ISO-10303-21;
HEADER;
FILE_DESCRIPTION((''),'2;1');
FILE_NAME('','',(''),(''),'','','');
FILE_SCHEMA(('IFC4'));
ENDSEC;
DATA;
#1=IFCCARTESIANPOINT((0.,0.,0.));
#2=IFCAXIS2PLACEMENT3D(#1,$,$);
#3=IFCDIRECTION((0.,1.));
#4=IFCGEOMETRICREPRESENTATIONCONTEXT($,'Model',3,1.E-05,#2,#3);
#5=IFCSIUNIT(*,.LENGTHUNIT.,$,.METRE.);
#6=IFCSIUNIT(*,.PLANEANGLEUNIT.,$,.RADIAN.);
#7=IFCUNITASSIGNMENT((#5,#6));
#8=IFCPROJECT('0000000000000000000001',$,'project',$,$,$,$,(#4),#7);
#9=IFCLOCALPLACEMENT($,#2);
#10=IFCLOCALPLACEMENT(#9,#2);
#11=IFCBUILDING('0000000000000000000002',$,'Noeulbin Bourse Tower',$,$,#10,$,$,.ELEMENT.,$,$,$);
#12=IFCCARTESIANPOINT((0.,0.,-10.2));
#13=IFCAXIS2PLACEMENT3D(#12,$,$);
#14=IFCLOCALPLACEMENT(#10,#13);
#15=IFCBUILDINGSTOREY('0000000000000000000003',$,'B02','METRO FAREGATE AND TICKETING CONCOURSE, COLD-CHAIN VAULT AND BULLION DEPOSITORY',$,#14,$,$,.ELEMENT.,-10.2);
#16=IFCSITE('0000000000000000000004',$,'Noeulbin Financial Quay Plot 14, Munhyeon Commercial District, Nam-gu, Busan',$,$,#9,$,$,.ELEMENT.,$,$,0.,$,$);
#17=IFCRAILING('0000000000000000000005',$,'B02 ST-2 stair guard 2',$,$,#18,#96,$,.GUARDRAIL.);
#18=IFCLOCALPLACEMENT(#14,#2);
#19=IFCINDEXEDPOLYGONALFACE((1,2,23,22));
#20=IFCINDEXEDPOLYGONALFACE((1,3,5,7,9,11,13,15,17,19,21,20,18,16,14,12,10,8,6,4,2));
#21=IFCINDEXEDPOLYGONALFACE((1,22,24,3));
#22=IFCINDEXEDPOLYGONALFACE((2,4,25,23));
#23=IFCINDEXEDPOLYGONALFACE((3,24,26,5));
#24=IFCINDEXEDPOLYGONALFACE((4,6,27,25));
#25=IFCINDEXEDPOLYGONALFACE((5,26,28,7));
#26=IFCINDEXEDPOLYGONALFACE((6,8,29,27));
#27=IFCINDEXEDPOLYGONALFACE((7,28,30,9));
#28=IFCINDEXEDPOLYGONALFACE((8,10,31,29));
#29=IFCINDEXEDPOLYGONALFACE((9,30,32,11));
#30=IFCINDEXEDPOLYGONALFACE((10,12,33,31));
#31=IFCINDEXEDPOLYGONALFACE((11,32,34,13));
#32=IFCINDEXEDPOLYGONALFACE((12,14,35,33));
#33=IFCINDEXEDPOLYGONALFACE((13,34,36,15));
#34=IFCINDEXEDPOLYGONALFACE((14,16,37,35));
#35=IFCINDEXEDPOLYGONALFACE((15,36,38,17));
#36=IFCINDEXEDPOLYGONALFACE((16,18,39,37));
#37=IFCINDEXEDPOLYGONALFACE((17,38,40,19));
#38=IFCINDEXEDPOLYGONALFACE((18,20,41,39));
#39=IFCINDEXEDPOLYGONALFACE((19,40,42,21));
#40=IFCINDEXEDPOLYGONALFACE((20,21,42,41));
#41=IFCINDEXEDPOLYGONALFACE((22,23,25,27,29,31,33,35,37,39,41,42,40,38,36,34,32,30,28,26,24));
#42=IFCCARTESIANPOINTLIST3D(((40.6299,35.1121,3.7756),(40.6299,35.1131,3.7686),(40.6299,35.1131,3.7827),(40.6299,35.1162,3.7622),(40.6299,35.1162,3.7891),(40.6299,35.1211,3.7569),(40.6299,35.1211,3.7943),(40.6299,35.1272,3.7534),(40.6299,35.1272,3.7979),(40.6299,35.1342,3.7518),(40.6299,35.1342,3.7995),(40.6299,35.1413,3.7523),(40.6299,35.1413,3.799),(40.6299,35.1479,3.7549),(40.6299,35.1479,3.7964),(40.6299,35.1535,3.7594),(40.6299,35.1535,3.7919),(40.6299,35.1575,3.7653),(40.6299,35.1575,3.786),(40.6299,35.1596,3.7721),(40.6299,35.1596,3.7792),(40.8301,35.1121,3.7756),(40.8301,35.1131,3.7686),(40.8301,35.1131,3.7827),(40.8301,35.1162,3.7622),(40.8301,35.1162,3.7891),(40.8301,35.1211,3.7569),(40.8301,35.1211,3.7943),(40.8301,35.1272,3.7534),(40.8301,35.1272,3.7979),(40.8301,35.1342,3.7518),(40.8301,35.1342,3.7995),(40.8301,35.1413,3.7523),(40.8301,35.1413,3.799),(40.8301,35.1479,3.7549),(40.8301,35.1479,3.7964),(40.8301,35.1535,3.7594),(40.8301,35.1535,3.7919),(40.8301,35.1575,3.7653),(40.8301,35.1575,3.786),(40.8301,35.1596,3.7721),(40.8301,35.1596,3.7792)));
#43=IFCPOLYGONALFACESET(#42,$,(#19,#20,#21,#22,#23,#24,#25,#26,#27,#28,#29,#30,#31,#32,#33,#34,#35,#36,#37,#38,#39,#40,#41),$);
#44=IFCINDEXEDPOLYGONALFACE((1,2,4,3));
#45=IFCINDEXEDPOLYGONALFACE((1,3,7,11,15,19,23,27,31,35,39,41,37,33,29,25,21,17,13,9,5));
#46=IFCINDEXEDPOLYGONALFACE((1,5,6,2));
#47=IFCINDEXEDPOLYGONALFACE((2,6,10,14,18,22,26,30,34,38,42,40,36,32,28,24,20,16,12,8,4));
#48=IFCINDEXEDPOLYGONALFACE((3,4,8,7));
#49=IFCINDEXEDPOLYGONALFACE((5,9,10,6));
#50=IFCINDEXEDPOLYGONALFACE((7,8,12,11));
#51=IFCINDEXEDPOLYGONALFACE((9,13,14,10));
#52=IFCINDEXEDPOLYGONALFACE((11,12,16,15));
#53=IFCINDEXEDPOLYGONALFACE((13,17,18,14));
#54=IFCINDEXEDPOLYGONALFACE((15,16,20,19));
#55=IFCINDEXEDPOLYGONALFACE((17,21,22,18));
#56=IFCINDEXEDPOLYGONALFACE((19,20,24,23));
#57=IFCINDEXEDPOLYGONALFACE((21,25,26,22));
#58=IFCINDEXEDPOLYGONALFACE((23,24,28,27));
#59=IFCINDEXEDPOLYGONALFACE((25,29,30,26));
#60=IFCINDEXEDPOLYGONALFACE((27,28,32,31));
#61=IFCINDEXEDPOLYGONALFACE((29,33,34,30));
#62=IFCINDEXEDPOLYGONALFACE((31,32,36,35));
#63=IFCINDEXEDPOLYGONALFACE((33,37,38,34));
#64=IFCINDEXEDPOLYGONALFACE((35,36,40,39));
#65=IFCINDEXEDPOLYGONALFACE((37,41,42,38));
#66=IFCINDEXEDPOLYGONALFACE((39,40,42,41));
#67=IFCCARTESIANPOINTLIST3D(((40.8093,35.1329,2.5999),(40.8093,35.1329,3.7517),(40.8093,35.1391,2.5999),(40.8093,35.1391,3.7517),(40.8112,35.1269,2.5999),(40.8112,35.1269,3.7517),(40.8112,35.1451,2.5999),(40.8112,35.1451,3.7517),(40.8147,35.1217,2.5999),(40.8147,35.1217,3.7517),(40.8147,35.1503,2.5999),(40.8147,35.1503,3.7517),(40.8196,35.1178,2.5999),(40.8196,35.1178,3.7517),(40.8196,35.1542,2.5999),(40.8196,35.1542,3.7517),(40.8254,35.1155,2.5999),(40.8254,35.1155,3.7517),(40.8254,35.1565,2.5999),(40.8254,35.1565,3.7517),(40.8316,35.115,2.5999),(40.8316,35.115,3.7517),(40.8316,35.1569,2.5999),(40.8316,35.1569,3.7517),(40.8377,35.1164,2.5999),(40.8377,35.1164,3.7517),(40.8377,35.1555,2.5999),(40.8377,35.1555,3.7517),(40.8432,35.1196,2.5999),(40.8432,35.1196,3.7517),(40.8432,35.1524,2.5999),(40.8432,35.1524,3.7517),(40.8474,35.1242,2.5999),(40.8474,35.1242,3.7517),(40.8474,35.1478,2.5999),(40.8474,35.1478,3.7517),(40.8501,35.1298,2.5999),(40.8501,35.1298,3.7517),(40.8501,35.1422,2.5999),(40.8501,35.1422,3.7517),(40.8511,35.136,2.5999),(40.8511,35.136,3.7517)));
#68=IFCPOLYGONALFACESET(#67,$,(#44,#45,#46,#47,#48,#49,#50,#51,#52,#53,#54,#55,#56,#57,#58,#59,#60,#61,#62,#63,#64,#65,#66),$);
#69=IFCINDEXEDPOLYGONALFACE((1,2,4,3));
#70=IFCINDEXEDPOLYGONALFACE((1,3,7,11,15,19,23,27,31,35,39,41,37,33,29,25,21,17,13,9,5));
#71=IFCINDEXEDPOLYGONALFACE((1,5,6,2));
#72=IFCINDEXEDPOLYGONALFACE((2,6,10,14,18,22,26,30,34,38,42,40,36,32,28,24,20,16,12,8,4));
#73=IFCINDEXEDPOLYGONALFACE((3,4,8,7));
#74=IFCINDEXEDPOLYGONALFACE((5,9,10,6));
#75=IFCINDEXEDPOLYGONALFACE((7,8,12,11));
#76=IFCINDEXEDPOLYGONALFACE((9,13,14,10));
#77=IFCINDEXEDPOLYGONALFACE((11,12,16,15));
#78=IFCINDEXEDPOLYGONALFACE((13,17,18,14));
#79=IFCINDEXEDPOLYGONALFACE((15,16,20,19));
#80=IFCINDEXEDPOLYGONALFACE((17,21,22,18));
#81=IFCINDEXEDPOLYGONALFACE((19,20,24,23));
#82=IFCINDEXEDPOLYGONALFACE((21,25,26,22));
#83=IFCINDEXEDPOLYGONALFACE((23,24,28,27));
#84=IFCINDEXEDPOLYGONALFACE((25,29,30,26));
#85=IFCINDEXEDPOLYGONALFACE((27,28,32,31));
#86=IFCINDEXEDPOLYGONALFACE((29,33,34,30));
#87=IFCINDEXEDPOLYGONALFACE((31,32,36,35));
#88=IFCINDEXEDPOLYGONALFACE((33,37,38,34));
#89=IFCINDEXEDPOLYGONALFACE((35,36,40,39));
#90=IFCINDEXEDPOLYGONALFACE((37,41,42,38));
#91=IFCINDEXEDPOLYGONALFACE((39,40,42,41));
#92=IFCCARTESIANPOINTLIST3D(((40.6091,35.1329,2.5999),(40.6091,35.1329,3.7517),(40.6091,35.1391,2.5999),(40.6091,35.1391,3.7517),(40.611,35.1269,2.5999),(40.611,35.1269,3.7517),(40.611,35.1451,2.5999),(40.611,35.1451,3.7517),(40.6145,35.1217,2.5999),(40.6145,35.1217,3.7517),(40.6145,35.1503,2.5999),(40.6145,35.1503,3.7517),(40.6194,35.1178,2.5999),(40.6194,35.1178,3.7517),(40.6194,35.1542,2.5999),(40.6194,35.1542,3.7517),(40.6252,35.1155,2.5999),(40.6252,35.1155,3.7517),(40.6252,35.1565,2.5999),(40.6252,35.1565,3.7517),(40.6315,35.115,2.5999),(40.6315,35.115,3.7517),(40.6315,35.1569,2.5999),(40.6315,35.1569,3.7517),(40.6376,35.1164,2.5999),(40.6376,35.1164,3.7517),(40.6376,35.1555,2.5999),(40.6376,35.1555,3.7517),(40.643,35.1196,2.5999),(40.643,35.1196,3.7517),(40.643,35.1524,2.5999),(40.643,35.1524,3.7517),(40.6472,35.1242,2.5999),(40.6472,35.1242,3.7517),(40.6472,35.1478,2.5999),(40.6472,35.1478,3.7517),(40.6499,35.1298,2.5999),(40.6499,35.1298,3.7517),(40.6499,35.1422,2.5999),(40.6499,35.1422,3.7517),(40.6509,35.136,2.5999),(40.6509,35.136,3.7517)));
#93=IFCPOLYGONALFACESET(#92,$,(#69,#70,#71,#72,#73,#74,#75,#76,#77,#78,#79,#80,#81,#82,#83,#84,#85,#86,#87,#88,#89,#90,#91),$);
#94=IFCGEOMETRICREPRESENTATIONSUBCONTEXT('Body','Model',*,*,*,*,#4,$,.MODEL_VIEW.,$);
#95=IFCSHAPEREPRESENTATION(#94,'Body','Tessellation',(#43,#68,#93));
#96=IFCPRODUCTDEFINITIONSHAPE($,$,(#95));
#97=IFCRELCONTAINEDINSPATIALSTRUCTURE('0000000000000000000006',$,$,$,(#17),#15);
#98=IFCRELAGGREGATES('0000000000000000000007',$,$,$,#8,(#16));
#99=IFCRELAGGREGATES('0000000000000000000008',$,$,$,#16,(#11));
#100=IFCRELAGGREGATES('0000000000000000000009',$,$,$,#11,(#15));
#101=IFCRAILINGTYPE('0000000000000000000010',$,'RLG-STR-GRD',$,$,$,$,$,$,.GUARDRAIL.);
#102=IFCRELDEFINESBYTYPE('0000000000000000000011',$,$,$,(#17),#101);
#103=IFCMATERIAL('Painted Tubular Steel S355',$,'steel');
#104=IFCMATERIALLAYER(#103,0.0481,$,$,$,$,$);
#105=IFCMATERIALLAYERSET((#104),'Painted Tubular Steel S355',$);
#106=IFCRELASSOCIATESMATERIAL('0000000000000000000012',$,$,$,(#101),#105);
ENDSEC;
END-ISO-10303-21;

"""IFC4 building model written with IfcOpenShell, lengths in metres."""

from ifc_helpers import new_model, si_unit, direction, frame, origin, origin_2d, place, context, subcontext, project, spatial, circle, extrude, material, layer, layer_set, type_object, element, save


model = new_model("IFC4")

# Units and contexts
model_context = context("Model", 3, precision=1e-05, world=origin(), true_north=direction((0.0, 1.0)))
body_context = subcontext(model_context, "Body", "Model", "MODEL_VIEW")
ifc_project = project(units=[si_unit("LENGTHUNIT", "METRE"), si_unit("PLANEANGLEUNIT", "RADIAN")], contexts=[model_context])

# Site, building, storey
site_placement = place(None, origin())
site = spatial("IfcSite", under=ifc_project, at=site_placement, Name="Noeulbin Financial Quay Plot 14, Munhyeon Commercial District, Nam-gu, Busan", CompositionType="ELEMENT", RefElevation=0.0)
building_placement = place(site_placement, origin())
building = spatial("IfcBuilding", under=site, at=building_placement, Name="Noeulbin Bourse Tower", CompositionType="ELEMENT")
storey_placement = place(building_placement, frame((0.0, 0.0, -10.2)))
storey = spatial("IfcBuildingStorey", under=building, at=storey_placement, Name="B02", Description="METRO FAREGATE AND TICKETING CONCOURSE, COLD-CHAIN VAULT AND BULLION DEPOSITORY", CompositionType="ELEMENT", Elevation=-10.2)

# Railing
ifc_material_1 = material(Name="Painted Tubular Steel S355", Category="steel")
ifc_layer_1 = layer(ifc_material_1, 0.0481)
ifc_layer_set_1 = layer_set([ifc_layer_1], Name="Painted Tubular Steel S355")
railing_type_1 = type_object("IfcRailingType", Name="RLG-STR-GRD", PredefinedType="GUARDRAIL", material=ifc_layer_set_1)
railing_1_placement = place(storey_placement, frame((40.8301, 35.136, 2.5999)))
element("IfcRailing", 1, at=railing_1_placement, inside=storey, type_object=railing_type_1, Name="B02 ST-2 stair guard 2", PredefinedType="GUARDRAIL", context=body_context, shape_type="SweptSolid", body=[
    extrude(circle(Radius=0.0239, at=origin_2d()), frame((0.0, 0.0, 1.1758), z_axis=(-1.0, 0.0, 0.0), x_axis=(0.0, -1.0, 0.0)), (0.0, 0.0, 1.0), 0.2002),
    extrude(circle(Radius=0.021, at=origin_2d()), origin(), (0.0, 0.0, 1.0), 1.1519),
    extrude(circle(Radius=0.021, at=origin_2d()), frame((-0.2002, 0.0, 0.0)), (0.0, 0.0, 1.0), 1.1519),
])

save(model, "model.ifc")
